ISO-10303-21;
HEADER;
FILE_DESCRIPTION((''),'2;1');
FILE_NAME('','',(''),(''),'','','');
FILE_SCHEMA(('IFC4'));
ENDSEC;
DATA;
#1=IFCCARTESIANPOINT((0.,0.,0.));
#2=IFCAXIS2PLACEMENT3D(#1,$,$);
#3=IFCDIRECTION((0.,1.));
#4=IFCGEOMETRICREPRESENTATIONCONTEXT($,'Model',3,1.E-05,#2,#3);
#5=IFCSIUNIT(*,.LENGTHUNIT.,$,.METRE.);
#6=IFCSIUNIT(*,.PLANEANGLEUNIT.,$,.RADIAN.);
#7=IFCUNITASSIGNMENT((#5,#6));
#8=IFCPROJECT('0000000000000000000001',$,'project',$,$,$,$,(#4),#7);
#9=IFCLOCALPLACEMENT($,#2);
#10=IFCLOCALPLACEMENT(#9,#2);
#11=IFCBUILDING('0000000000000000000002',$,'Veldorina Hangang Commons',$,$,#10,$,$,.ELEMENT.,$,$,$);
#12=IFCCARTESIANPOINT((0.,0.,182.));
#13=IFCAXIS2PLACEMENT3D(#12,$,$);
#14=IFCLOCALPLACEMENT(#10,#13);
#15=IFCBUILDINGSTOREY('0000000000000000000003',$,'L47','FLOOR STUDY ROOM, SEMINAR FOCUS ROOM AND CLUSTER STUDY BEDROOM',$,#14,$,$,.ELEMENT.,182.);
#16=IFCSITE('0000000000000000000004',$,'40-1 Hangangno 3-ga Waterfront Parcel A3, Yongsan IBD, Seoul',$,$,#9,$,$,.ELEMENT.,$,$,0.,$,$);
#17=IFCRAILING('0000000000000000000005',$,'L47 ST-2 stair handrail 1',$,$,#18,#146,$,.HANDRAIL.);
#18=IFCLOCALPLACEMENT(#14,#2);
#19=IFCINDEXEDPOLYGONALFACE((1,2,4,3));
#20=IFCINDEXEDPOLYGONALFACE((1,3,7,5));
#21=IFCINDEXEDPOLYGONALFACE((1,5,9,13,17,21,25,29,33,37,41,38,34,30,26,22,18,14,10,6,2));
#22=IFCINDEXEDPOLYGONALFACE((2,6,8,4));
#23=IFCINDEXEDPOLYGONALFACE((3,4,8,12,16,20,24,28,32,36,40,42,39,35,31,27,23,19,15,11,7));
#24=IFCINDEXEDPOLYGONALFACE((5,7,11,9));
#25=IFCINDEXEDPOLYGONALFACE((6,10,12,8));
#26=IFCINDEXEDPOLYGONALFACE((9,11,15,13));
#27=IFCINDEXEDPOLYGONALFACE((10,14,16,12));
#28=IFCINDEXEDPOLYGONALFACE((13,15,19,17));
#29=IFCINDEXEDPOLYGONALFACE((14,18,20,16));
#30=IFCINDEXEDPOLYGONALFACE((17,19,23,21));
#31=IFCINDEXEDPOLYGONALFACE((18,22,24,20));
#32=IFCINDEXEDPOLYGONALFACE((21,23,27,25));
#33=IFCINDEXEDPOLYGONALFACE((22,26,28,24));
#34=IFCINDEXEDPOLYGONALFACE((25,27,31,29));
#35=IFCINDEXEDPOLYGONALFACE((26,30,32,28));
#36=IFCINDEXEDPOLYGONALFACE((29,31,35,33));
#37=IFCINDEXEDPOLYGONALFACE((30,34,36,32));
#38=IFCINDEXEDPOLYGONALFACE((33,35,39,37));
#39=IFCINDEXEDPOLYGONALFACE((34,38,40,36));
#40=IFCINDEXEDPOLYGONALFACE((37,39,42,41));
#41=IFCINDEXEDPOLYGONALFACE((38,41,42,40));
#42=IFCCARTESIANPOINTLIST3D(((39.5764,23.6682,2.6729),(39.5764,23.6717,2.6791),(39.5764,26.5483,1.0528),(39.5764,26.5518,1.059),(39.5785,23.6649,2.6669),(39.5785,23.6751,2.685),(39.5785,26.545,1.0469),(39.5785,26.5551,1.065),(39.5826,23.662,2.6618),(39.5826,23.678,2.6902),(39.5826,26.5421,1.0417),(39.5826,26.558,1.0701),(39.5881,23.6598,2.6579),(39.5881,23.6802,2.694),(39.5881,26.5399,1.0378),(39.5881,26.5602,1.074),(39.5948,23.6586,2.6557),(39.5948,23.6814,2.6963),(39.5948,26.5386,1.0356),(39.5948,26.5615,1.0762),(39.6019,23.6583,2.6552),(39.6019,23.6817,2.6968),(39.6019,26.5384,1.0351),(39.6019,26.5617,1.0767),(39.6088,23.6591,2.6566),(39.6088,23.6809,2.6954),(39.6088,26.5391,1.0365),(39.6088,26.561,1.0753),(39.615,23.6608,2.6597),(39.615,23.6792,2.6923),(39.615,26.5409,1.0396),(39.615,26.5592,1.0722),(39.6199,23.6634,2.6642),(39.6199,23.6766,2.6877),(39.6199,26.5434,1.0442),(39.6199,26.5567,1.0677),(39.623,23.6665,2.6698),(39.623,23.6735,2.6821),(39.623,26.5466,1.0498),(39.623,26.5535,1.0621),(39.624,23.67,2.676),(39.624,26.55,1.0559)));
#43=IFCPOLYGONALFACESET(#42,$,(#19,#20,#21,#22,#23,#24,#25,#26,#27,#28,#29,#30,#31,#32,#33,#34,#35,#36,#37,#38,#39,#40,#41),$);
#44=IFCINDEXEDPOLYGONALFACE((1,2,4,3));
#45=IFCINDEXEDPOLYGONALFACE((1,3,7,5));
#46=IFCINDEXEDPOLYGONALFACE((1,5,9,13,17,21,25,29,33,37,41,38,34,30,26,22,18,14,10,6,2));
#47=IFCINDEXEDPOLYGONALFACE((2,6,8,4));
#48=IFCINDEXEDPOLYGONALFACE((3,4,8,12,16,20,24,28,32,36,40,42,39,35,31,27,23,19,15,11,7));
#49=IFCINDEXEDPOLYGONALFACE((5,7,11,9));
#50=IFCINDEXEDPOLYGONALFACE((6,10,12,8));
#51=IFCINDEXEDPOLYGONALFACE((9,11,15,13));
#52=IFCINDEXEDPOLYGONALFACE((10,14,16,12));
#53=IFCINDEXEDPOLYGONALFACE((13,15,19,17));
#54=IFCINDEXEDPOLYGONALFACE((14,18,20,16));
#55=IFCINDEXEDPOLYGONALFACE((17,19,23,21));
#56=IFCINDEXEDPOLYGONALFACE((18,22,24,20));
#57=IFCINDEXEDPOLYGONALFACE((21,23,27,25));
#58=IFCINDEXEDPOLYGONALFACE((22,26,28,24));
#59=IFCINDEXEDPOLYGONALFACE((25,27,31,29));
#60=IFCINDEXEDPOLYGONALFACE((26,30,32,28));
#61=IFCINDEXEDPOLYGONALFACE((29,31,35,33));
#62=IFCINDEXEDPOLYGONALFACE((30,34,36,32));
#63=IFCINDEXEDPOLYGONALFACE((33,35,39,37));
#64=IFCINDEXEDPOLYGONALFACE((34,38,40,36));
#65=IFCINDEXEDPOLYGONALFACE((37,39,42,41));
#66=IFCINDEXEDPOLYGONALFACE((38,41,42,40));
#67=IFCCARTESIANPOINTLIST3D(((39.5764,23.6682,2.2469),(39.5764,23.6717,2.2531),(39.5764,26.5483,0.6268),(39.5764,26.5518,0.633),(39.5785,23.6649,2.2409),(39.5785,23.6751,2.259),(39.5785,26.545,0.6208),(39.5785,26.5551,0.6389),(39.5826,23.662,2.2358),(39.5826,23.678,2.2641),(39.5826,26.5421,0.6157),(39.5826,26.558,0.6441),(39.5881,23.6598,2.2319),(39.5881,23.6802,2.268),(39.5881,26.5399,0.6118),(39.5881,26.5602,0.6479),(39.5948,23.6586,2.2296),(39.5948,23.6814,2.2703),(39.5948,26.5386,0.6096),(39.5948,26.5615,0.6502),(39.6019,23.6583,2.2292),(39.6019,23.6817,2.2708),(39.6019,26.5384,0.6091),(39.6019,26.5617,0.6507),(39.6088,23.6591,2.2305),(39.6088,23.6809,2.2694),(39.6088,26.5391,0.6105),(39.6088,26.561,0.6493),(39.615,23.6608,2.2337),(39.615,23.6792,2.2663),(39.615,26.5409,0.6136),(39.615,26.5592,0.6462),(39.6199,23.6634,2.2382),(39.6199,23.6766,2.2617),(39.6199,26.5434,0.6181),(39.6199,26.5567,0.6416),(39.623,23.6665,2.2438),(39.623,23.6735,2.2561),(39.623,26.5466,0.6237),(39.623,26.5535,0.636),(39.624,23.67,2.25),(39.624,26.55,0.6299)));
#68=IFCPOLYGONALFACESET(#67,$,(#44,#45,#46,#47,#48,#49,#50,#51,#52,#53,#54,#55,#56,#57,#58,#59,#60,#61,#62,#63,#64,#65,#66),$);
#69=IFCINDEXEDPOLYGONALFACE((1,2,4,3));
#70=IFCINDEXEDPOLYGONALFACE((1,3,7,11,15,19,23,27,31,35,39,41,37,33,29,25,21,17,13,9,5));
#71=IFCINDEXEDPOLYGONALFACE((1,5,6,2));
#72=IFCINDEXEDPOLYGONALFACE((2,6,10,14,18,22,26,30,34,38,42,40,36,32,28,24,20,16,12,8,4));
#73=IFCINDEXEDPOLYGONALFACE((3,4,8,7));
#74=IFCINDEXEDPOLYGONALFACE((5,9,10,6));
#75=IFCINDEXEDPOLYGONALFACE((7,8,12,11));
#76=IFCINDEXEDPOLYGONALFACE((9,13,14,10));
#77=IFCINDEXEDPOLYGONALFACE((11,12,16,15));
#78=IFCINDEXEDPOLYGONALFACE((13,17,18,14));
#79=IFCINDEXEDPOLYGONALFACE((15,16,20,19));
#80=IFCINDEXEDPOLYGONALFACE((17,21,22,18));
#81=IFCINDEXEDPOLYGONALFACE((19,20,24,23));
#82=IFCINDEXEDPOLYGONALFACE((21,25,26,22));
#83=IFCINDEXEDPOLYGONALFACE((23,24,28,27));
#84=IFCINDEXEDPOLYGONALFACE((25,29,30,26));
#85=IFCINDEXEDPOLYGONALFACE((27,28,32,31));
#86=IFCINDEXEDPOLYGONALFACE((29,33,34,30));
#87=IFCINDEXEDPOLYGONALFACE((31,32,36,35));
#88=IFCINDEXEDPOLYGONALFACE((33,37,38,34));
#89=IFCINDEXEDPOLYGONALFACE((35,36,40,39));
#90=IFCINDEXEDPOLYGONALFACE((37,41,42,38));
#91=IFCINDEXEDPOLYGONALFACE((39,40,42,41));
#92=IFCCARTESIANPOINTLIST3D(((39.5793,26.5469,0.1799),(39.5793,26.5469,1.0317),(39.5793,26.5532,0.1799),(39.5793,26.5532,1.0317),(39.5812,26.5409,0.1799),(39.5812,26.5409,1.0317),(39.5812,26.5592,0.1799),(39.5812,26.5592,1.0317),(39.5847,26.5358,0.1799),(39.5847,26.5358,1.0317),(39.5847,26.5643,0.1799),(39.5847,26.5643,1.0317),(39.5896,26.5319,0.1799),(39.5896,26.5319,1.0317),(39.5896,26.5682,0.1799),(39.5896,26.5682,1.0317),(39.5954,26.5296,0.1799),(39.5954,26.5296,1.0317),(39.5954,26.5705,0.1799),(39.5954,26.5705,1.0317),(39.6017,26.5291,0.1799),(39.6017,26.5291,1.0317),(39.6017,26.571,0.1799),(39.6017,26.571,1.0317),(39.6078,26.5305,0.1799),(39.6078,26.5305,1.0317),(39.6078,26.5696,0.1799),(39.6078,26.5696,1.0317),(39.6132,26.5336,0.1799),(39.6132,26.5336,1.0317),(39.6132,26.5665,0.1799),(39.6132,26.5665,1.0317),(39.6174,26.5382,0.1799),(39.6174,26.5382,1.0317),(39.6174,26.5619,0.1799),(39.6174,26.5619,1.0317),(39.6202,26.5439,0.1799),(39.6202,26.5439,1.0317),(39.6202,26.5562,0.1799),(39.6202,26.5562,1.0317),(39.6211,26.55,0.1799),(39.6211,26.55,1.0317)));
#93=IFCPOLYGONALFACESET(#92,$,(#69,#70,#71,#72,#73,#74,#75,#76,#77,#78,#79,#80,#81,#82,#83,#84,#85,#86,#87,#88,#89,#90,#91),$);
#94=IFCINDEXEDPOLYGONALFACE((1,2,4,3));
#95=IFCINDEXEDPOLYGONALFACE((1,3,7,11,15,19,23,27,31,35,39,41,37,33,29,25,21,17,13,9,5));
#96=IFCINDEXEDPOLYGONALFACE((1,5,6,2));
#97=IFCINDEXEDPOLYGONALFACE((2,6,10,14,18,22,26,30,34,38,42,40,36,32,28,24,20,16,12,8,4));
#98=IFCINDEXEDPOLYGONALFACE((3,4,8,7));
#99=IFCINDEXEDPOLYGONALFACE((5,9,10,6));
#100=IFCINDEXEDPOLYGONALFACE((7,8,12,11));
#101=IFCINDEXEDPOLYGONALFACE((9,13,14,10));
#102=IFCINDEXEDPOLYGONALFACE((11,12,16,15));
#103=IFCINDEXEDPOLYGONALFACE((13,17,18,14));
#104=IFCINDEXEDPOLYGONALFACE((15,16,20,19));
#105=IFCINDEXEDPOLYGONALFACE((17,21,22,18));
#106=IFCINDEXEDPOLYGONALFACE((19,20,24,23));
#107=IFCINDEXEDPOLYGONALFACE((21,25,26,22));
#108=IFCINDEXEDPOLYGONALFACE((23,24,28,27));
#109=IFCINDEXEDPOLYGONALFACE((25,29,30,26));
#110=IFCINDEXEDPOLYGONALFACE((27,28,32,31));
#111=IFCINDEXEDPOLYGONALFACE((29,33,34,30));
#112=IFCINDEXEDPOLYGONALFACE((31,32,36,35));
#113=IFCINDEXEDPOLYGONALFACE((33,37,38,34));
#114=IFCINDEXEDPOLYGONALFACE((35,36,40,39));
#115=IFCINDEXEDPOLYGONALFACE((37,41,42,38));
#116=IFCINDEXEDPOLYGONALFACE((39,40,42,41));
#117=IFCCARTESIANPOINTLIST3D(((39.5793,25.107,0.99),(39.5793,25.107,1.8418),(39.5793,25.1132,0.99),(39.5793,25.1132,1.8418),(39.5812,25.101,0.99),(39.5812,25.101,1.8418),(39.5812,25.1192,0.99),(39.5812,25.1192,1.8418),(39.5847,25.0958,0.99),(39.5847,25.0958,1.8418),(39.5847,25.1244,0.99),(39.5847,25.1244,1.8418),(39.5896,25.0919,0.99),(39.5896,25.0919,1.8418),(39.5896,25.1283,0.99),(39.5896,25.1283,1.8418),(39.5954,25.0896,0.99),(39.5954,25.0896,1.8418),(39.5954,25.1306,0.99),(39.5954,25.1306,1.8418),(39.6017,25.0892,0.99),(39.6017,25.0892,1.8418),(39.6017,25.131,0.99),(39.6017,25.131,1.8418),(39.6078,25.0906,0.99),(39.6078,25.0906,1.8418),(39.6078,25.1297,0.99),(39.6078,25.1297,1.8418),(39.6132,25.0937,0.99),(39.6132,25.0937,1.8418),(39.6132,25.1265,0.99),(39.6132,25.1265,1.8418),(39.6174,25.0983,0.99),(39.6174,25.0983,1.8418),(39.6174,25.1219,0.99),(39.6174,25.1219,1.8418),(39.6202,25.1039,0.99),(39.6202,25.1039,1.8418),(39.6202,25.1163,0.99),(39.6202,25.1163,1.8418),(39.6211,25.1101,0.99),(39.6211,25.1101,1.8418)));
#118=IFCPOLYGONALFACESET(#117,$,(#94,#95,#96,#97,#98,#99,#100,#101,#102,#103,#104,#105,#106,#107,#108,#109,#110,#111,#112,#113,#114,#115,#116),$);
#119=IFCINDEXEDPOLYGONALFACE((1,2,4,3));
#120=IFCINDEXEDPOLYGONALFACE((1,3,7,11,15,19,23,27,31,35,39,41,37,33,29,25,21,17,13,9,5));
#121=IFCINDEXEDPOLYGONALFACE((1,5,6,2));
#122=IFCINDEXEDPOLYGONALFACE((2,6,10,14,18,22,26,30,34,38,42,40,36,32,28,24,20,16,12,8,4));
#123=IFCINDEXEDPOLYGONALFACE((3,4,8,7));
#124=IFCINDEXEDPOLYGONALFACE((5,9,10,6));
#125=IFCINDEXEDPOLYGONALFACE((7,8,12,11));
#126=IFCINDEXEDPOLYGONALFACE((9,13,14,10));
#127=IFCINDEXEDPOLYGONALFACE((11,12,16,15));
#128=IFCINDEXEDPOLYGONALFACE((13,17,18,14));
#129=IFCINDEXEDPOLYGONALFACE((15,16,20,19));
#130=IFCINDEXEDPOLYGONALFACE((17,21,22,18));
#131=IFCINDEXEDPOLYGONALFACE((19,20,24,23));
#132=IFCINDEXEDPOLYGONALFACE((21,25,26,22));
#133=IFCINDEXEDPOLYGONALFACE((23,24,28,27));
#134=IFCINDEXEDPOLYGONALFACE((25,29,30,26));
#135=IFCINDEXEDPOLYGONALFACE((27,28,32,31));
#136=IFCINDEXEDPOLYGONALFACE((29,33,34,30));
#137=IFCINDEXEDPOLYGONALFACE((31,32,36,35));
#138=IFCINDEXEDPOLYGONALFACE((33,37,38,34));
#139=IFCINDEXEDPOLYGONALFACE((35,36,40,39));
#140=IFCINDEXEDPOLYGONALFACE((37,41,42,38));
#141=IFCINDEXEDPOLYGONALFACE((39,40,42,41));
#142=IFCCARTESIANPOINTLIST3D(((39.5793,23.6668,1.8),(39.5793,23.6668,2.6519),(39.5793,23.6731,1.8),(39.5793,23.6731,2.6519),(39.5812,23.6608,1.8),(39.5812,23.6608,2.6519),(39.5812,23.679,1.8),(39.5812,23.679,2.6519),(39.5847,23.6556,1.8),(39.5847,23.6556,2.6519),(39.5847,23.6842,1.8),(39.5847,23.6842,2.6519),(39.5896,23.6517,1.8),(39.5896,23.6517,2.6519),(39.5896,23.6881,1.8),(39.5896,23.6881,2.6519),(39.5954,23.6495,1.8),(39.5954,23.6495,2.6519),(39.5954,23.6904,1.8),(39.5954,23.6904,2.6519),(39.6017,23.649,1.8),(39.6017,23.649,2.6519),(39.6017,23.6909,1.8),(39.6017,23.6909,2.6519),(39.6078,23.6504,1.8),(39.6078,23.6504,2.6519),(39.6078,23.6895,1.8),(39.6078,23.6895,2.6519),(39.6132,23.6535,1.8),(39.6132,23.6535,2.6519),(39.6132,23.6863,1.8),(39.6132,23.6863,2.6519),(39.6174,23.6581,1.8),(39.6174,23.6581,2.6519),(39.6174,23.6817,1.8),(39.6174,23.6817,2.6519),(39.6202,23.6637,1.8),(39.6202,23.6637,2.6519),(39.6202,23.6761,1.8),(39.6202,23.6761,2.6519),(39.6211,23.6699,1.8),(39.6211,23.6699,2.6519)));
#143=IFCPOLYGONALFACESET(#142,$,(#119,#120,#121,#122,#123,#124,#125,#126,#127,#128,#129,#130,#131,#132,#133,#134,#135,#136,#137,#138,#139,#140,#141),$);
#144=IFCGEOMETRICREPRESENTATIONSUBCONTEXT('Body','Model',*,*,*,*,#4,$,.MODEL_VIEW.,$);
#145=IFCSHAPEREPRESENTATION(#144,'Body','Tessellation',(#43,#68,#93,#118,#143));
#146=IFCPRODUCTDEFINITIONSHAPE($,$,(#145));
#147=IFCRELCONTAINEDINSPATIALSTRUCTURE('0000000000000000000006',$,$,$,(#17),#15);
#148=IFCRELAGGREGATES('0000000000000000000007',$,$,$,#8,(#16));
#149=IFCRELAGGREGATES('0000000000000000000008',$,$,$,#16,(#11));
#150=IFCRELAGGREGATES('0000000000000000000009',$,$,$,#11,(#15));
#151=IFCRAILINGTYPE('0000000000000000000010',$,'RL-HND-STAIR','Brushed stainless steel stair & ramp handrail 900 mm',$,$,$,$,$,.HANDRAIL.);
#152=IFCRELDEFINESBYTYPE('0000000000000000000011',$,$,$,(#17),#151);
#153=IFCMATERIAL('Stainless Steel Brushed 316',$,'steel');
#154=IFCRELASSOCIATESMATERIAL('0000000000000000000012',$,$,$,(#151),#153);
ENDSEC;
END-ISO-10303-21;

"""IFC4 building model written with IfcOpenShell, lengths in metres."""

from ifc_helpers import new_model, si_unit, direction, frame, origin, origin_2d, place, context, subcontext, project, spatial, circle, extrude, material, type_object, element, save


model = new_model("IFC4")

# Units and contexts
model_context = context("Model", 3, precision=1e-05, world=origin(), true_north=direction((0.0, 1.0)))
body_context = subcontext(model_context, "Body", "Model", "MODEL_VIEW")
ifc_project = project(units=[si_unit("LENGTHUNIT", "METRE"), si_unit("PLANEANGLEUNIT", "RADIAN")], contexts=[model_context])

# Site, building, storey
site_placement = place(None, origin())
site = spatial("IfcSite", under=ifc_project, at=site_placement, Name="40-1 Hangangno 3-ga Waterfront Parcel A3, Yongsan IBD, Seoul", CompositionType="ELEMENT", RefElevation=0.0)
building_placement = place(site_placement, origin())
building = spatial("IfcBuilding", under=site, at=building_placement, Name="Veldorina Hangang Commons", CompositionType="ELEMENT")
storey_placement = place(building_placement, frame((0.0, 0.0, 182.0)))
storey = spatial("IfcBuildingStorey", under=building, at=storey_placement, Name="L47", Description="FLOOR STUDY ROOM, SEMINAR FOCUS ROOM AND CLUSTER STUDY BEDROOM", CompositionType="ELEMENT", Elevation=182.0)

# Railing
ifc_material_1 = material(Name="Stainless Steel Brushed 316", Category="steel")
railing_type_1 = type_object("IfcRailingType", Name="RL-HND-STAIR", Description="Brushed stainless steel stair & ramp handrail 900 mm", PredefinedType="HANDRAIL", material=ifc_material_1)
railing_1_placement = place(storey_placement, frame((39.6001, 26.55, 0.1799)))
element("IfcRailing", 1, at=railing_1_placement, inside=storey, type_object=railing_type_1, Name="L47 ST-2 stair handrail 1", PredefinedType="HANDRAIL", context=body_context, shape_type="SweptSolid", body=[
    extrude(circle(Radius=0.0239, at=origin_2d()), frame((0.0, 0.0, 0.876), z_axis=(0.0, -0.87157, 0.490272), x_axis=(1.0, 0.0, 0.0)), (0.0, 0.0, 1.0), 3.3044),
    extrude(circle(Radius=0.0239, at=origin_2d()), frame((0.0, 0.0, 0.45), z_axis=(0.0, -0.87157, 0.490272), x_axis=(1.0, 0.0, 0.0)), (0.0, 0.0, 1.0), 3.3044),
    extrude(circle(Radius=0.021, at=origin_2d()), origin(), (0.0, 0.0, 1.0), 0.8518),
    extrude(circle(Radius=0.021, at=origin_2d()), frame((0.0, -1.4399, 0.8101)), (0.0, 0.0, 1.0), 0.8518),
    extrude(circle(Radius=0.021, at=origin_2d()), frame((0.0, -2.8801, 1.6201)), (0.0, 0.0, 1.0), 0.8518),
])

save(model, "model.ifc")
